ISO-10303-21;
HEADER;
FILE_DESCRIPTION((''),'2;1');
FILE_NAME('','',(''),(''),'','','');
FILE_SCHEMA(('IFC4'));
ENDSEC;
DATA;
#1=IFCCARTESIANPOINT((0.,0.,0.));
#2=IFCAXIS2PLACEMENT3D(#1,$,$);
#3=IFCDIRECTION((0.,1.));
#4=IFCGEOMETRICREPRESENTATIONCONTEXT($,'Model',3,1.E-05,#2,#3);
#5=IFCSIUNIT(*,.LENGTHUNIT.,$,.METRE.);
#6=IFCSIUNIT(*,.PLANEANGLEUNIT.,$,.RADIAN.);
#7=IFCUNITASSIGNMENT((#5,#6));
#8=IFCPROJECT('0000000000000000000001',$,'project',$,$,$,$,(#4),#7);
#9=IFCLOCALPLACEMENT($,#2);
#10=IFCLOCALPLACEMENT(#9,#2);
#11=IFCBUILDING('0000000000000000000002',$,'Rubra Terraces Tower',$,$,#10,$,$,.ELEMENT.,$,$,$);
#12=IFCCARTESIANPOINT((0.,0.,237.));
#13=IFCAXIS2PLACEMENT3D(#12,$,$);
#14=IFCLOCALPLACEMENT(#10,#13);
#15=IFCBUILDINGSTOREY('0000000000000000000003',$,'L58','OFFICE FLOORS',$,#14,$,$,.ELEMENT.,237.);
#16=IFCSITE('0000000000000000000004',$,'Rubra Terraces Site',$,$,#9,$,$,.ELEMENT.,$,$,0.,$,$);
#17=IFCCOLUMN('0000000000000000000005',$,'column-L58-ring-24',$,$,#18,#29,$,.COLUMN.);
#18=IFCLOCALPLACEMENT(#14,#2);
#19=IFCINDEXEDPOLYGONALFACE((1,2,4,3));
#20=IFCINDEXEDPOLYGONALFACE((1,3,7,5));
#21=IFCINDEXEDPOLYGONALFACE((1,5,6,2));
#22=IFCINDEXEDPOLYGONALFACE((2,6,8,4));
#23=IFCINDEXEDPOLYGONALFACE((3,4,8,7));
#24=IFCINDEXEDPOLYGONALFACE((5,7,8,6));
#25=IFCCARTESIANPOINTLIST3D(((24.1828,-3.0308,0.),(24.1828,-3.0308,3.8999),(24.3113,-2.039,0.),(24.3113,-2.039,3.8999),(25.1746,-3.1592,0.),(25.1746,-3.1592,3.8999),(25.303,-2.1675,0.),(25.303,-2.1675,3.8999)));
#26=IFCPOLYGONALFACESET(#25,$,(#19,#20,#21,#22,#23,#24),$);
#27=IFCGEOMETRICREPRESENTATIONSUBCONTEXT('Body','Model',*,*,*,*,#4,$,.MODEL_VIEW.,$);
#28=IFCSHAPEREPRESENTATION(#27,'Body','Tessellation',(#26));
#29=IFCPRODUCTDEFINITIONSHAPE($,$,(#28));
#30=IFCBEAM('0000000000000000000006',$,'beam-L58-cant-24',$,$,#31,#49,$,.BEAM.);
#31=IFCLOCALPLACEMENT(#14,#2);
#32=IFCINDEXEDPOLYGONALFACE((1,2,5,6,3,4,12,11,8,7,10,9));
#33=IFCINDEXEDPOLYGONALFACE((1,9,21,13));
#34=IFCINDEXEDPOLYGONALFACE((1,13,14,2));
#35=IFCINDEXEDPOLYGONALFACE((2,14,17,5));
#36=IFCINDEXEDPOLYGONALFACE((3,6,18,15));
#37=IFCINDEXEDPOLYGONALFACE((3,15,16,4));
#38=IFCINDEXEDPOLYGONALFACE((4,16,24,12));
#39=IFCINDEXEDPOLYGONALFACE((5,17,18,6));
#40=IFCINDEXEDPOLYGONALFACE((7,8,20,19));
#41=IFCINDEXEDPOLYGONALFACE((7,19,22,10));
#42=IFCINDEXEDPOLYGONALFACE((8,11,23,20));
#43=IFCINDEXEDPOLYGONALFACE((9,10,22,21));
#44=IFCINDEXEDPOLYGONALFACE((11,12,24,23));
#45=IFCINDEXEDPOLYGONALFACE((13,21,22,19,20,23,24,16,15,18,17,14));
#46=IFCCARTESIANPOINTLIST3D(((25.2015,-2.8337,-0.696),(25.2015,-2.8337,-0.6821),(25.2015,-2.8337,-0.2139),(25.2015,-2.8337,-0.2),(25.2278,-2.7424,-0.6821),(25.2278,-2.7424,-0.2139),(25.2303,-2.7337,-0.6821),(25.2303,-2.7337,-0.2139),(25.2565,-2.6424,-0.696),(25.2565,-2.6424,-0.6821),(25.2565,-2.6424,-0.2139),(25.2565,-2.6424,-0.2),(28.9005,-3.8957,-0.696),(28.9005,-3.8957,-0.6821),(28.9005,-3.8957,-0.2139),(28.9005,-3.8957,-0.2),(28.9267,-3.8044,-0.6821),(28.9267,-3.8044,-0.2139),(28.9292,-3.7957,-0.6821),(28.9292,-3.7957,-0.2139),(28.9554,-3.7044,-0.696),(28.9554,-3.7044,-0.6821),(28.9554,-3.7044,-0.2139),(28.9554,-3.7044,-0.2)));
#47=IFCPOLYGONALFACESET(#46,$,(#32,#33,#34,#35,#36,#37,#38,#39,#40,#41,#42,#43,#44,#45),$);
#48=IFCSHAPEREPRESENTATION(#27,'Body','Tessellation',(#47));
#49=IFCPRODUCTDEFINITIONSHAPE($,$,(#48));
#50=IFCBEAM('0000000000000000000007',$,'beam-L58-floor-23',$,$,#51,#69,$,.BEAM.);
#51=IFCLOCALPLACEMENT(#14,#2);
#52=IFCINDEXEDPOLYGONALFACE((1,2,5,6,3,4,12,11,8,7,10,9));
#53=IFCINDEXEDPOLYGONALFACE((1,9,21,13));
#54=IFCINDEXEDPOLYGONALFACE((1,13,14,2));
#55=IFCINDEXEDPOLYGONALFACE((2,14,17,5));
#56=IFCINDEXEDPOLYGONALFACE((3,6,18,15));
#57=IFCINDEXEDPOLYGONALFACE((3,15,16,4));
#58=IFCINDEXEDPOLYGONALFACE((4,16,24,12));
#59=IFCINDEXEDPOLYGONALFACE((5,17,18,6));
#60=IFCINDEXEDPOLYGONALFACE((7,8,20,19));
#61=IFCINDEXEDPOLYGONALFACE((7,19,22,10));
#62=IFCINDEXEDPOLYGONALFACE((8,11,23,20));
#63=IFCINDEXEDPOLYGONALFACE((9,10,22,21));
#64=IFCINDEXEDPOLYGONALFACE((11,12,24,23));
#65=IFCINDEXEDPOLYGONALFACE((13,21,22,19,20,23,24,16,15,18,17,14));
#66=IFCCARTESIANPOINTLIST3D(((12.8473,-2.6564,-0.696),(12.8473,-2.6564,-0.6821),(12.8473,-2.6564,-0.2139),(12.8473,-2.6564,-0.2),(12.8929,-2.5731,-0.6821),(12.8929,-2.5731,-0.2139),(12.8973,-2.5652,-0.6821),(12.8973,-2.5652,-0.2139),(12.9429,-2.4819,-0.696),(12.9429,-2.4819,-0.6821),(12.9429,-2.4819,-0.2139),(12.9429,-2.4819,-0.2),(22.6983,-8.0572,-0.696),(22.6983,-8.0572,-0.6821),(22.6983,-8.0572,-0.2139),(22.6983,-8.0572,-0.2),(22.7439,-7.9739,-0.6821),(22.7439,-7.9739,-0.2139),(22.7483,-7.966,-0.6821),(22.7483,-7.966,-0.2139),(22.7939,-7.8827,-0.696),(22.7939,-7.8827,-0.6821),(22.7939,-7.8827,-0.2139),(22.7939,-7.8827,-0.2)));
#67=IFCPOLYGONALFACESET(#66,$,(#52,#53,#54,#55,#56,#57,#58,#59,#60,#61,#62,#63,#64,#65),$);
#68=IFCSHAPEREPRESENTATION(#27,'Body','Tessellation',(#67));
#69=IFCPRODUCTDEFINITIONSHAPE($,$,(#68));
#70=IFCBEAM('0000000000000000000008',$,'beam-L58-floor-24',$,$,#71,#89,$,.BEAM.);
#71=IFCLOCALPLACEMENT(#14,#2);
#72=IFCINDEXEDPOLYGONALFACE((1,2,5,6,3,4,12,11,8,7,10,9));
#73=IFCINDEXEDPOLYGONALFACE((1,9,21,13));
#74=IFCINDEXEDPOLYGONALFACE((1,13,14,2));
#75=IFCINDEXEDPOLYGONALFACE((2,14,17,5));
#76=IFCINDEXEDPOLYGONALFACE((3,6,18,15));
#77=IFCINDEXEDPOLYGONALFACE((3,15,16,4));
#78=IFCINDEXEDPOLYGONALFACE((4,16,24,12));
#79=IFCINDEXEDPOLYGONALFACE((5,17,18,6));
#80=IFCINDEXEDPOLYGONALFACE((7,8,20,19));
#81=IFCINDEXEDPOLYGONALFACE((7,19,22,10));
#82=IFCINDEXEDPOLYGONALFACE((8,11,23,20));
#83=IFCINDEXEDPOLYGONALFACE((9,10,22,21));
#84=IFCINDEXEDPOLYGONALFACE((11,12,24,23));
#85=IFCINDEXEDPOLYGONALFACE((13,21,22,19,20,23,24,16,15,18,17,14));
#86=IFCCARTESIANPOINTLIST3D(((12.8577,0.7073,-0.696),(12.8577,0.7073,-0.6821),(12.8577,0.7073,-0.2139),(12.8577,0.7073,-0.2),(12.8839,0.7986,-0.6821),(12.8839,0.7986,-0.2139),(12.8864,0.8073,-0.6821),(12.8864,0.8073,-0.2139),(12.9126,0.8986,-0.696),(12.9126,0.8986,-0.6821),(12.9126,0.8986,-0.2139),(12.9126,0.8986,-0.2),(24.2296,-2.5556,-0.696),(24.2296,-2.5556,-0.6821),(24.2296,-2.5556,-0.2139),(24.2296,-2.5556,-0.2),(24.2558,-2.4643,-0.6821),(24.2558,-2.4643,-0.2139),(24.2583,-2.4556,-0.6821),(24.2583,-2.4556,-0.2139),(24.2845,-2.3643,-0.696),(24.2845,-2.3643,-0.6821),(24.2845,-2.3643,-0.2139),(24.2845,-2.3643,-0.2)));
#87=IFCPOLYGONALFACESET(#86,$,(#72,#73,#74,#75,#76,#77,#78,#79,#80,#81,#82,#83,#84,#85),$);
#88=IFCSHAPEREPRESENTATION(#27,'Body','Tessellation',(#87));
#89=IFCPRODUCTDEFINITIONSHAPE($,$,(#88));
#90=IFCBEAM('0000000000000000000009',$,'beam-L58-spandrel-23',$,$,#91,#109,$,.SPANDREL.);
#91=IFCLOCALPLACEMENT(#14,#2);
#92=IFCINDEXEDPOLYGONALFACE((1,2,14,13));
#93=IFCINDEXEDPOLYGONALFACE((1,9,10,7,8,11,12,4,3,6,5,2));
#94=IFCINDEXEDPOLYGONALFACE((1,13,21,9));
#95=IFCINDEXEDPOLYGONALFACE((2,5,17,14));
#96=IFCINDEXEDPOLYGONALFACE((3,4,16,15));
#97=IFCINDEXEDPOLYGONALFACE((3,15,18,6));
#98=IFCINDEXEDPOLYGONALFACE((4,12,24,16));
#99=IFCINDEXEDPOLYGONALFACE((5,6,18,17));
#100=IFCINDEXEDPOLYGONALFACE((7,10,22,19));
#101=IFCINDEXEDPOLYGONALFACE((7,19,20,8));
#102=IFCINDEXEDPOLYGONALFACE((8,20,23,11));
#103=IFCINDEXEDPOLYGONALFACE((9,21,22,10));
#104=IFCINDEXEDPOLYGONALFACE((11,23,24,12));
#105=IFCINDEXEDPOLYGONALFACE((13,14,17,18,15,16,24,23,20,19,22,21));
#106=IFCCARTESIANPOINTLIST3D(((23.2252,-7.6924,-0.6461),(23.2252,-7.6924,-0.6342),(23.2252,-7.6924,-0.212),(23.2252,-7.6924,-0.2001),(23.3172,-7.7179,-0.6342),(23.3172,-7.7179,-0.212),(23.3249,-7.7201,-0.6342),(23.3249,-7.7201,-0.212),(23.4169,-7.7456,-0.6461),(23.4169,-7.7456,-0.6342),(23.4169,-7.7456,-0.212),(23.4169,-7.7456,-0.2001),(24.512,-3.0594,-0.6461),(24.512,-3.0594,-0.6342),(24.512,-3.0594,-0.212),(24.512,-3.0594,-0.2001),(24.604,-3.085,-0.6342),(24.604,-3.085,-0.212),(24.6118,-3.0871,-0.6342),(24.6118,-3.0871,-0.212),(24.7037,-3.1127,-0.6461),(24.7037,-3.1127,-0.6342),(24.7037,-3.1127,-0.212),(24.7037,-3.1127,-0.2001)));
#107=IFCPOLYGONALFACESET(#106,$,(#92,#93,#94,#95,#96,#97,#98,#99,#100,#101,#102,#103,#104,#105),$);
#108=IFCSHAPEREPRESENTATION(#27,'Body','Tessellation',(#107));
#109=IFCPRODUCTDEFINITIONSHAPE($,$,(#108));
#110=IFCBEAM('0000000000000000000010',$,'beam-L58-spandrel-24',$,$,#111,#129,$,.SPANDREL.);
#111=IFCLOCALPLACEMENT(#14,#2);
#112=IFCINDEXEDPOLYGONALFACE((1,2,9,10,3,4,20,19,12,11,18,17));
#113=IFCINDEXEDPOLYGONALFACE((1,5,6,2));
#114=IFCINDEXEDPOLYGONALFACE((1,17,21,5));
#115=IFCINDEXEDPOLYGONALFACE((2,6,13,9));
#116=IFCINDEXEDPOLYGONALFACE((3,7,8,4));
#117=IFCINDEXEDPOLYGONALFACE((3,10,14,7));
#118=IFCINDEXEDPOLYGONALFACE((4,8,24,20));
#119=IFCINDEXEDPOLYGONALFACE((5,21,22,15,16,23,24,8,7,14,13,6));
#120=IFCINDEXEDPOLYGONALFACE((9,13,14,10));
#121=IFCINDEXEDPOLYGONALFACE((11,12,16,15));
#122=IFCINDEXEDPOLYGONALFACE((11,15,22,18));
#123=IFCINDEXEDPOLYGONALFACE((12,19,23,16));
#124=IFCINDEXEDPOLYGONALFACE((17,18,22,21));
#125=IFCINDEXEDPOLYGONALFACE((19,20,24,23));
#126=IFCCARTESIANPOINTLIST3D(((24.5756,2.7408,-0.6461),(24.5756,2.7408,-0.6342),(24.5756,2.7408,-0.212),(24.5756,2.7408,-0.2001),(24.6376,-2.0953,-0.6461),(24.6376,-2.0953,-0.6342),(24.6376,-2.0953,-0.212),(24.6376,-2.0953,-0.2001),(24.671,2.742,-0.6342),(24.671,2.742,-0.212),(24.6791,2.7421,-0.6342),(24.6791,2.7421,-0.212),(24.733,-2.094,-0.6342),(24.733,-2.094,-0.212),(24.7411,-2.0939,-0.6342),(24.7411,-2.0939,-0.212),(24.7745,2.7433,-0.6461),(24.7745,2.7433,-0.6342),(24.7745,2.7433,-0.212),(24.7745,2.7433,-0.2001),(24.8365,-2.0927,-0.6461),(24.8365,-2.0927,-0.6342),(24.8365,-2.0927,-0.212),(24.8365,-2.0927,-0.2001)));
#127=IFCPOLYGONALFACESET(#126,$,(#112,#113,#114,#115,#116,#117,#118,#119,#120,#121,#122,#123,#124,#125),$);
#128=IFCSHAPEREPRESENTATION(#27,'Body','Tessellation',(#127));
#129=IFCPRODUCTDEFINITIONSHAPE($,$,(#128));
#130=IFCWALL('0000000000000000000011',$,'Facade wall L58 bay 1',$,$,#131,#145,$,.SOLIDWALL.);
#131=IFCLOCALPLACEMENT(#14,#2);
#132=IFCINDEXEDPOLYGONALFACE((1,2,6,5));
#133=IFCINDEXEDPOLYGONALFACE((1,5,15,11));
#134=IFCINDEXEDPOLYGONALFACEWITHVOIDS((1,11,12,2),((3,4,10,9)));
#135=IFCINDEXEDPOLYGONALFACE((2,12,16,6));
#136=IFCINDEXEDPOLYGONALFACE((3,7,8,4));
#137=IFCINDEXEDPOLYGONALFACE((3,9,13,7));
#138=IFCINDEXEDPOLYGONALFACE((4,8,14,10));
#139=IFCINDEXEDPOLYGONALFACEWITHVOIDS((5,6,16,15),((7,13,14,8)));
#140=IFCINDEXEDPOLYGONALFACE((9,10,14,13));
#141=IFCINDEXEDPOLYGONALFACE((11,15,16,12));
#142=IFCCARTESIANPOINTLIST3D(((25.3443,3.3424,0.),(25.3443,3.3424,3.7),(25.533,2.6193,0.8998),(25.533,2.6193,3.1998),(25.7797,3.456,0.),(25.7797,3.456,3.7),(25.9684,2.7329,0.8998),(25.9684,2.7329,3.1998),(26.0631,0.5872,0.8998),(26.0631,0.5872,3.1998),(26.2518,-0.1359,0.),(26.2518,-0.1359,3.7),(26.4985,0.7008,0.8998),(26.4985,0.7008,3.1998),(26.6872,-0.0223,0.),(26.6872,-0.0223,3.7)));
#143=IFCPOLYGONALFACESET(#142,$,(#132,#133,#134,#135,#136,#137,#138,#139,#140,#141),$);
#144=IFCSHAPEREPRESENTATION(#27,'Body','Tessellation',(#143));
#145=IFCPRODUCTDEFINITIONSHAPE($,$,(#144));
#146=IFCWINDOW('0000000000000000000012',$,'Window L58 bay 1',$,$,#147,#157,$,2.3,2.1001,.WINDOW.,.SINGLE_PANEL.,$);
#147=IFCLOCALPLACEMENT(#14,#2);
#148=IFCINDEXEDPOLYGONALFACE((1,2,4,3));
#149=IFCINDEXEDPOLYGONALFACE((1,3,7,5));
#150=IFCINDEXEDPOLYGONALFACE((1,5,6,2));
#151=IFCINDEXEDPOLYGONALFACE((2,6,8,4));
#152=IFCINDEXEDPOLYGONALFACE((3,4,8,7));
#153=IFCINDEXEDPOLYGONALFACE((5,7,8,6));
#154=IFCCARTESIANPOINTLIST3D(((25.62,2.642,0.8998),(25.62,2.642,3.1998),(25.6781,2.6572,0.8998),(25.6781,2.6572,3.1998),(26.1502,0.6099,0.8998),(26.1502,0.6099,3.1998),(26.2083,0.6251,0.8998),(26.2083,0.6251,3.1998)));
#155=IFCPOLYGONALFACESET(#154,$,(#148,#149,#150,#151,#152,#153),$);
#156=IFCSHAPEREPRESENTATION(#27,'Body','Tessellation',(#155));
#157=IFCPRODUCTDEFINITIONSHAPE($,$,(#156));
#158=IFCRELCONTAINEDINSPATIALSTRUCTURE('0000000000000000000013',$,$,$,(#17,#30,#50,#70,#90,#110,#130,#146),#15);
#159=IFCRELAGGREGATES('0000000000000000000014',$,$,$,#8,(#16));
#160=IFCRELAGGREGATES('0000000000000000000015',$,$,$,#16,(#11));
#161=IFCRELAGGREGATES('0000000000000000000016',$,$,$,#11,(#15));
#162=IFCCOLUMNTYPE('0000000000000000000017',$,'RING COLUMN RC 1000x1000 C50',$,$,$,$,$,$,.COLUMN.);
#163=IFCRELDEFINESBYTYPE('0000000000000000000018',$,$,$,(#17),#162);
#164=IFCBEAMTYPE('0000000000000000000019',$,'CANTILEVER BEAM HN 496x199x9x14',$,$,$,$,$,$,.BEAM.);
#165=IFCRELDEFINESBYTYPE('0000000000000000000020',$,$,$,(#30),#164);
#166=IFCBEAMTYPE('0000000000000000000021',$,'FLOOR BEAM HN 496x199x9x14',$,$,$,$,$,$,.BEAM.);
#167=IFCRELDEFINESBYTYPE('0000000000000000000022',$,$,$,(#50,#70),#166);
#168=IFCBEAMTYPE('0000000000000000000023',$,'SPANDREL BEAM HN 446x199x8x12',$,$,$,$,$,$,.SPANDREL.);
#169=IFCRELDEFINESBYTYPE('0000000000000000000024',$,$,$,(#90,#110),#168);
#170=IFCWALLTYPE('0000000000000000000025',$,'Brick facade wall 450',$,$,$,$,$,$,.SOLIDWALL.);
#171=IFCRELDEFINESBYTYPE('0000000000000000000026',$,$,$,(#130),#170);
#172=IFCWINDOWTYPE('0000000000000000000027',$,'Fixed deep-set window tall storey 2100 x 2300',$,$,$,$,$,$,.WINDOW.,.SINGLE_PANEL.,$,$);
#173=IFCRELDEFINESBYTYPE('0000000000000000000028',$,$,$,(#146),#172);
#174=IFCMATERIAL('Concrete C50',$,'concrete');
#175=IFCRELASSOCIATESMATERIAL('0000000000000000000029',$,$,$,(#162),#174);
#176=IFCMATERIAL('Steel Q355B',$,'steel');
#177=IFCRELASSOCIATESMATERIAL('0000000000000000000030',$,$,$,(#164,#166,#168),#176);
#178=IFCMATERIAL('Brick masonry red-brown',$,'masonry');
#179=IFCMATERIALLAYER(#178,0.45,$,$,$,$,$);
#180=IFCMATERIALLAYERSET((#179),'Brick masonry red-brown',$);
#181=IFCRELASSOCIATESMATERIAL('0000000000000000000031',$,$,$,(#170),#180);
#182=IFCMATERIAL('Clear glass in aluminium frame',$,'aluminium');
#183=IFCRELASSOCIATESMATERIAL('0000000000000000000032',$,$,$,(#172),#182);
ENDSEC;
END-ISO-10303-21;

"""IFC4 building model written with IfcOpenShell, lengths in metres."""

from ifc_helpers import new_model, si_unit, direction, frame, frame_2d, origin, origin_2d, place, context, subcontext, project, spatial, rectangle, i_section, extrude, material, layer, layer_set, material_profile, profile_set, type_object, element, fill, save


model = new_model("IFC4")

# Units and contexts
model_context = context("Model", 3, precision=1e-05, world=origin(), true_north=direction((0.0, 1.0)))
body_context = subcontext(model_context, "Body", "Model", "MODEL_VIEW")
ifc_project = project(units=[si_unit("LENGTHUNIT", "METRE"), si_unit("PLANEANGLEUNIT", "RADIAN")], contexts=[model_context])

# Site, building, storey
site_placement = place(None, origin())
site = spatial("IfcSite", under=ifc_project, at=site_placement, Name="Rubra Terraces Site", CompositionType="ELEMENT", RefElevation=0.0)
building_placement = place(site_placement, origin())
building = spatial("IfcBuilding", under=site, at=building_placement, Name="Rubra Terraces Tower", CompositionType="ELEMENT")
storey_placement = place(building_placement, frame((0.0, 0.0, 237.0)))
storey = spatial("IfcBuildingStorey", under=building, at=storey_placement, Name="L58", Description="OFFICE FLOORS", CompositionType="ELEMENT", Elevation=237.0)

# Column
ifc_material_1 = material(Name="Concrete C50", Category="concrete")
ifc_material_profile_1 = material_profile(ifc_material_1, rectangle(XDim=1.0, YDim=1.0, at=origin_2d()), Name="RC 1000x1000")
ifc_profile_set_1 = profile_set([ifc_material_profile_1], Name="Concrete C50")
column_type = type_object("IfcColumnType", Name="RING COLUMN RC 1000x1000 C50", PredefinedType="COLUMN", material=ifc_profile_set_1)
column_placement = place(storey_placement, frame((24.7429, -2.5991, 0.0), z_axis=(0.0, 0.0, 1.0), x_axis=(0.128444, 0.991717, 0.0)))
element("IfcColumn", 1, at=column_placement, inside=storey, type_object=column_type, Name="column-L58-ring-24", PredefinedType="COLUMN", context=body_context, shape_type="SweptSolid", body=[
    extrude(rectangle(XDim=1.0, YDim=1.0, at=origin_2d()), origin(), (0.0, 0.0, 1.0), 3.8999),
])

# Beams
ifc_material_2 = material(Name="Steel Q355B", Category="steel")
ifc_material_profile_2 = material_profile(ifc_material_2, i_section(OverallWidth=0.199, OverallDepth=0.4961, WebThickness=0.009, FlangeThickness=0.0139, at=origin_2d()), Name="HN 496x199x9x14")
ifc_profile_set_2 = profile_set([ifc_material_profile_2], Name="Steel Q355B")
beam_type_1 = type_object("IfcBeamType", Name="CANTILEVER BEAM HN 496x199x9x14", PredefinedType="BEAM", material=ifc_profile_set_2)
beam_1_placement = place(storey_placement, frame((25.229, -2.738, -0.448), z_axis=(0.961169, -0.275961, 0.0), x_axis=(0.275961, 0.961169, 0.0)))
element("IfcBeam", 2, at=beam_1_placement, inside=storey, type_object=beam_type_1, Name="beam-L58-cant-24", PredefinedType="BEAM", context=body_context, shape_type="SweptSolid", body=[
    extrude(i_section(OverallWidth=0.199, OverallDepth=0.4961, WebThickness=0.009, FlangeThickness=0.0139, at=origin_2d()), origin(), (0.0, 0.0, 1.0), 3.8484),
])
ifc_material_profile_3 = material_profile(ifc_material_2, i_section(OverallWidth=0.199, OverallDepth=0.4961, WebThickness=0.009, FlangeThickness=0.0139, at=origin_2d()), Name="HN 496x199x9x14")
ifc_profile_set_3 = profile_set([ifc_material_profile_3], Name="Steel Q355B")
beam_type_2 = type_object("IfcBeamType", Name="FLOOR BEAM HN 496x199x9x14", PredefinedType="BEAM", material=ifc_profile_set_3)
beam_2_placement = place(storey_placement, frame((22.7461, -7.97, -0.448), z_axis=(-0.876862, 0.480742, 0.0), x_axis=(-0.480742, -0.876862, 0.0)))
element("IfcBeam", 3, at=beam_2_placement, inside=storey, type_object=beam_type_2, Name="beam-L58-floor-23", PredefinedType="BEAM", context=body_context, shape_type="SweptSolid", body=[
    extrude(i_section(OverallWidth=0.199, OverallDepth=0.4961, WebThickness=0.009, FlangeThickness=0.0139, at=origin_2d()), origin(), (0.0, 0.0, 1.0), 11.2344),
])
beam_3_placement = place(storey_placement, frame((24.2571, -2.46, -0.448), z_axis=(-0.961216, 0.275798, 0.0), x_axis=(-0.275798, -0.961216, 0.0)))
element("IfcBeam", 4, at=beam_3_placement, inside=storey, type_object=beam_type_2, Name="beam-L58-floor-24", PredefinedType="BEAM", context=body_context, shape_type="SweptSolid", body=[
    extrude(i_section(OverallWidth=0.199, OverallDepth=0.4961, WebThickness=0.009, FlangeThickness=0.0139, at=origin_2d()), origin(), (0.0, 0.0, 1.0), 11.8308),
])
ifc_material_profile_4 = material_profile(ifc_material_2, i_section(OverallWidth=0.199, OverallDepth=0.446, WebThickness=0.0081, FlangeThickness=0.012, at=origin_2d()), Name="HN 446x199x8x12")
ifc_profile_set_4 = profile_set([ifc_material_profile_4], Name="Steel Q355B")
beam_type_3 = type_object("IfcBeamType", Name="SPANDREL BEAM HN 446x199x8x12", PredefinedType="SPANDREL", material=ifc_profile_set_4)
beam_4_placement = place(storey_placement, frame((23.321, -7.719, -0.4231), z_axis=(0.267626, 0.963523, 0.0), x_axis=(-0.963523, 0.267626, 0.0)))
element("IfcBeam", 5, at=beam_4_placement, inside=storey, type_object=beam_type_3, Name="beam-L58-spandrel-23", PredefinedType="SPANDREL", context=body_context, shape_type="SweptSolid", body=[
    extrude(i_section(OverallWidth=0.199, OverallDepth=0.446, WebThickness=0.0081, FlangeThickness=0.012, at=origin_2d()), origin(), (0.0, 0.0, 1.0), 4.8083),
])
beam_5_placement = place(storey_placement, frame((24.7371, -2.094, -0.4231), z_axis=(-0.012822, 0.999918, 0.0), x_axis=(-0.999918, -0.012822, 0.0)))
element("IfcBeam", 6, at=beam_5_placement, inside=storey, type_object=beam_type_3, Name="beam-L58-spandrel-24", PredefinedType="SPANDREL", context=body_context, shape_type="SweptSolid", body=[
    extrude(i_section(OverallWidth=0.199, OverallDepth=0.446, WebThickness=0.0081, FlangeThickness=0.012, at=origin_2d()), origin(), (0.0, 0.0, 1.0), 4.8364),
])

# Wall, opening, window
ifc_material_3 = material(Name="Brick masonry red-brown", Category="masonry")
ifc_layer_1 = layer(ifc_material_3, 0.45)
ifc_layer_set_1 = layer_set([ifc_layer_1], Name="Brick masonry red-brown")
wall_type_1 = type_object("IfcWallType", Name="Brick facade wall 450", PredefinedType="SOLIDWALL", material=ifc_layer_set_1)
wall_1_placement = place(storey_placement, frame((26.4695, -0.0791, 0.0), z_axis=(0.0, 0.0, 1.0), x_axis=(-0.252447, 0.967611, 0.0)))
wall_1 = element("IfcWall", 7, at=wall_1_placement, inside=storey, type_object=wall_type_1, Name="Facade wall L58 bay 1", PredefinedType="SOLIDWALL", context=body_context, shape_type="SweptSolid", body=[
    extrude(rectangle(XDim=3.5947, YDim=0.45, at=frame_2d((1.7974, 0.0))), origin(), (0.0, 0.0, 1.0), 3.7),
])
opening_1_placement = place(wall_1_placement, frame((0.7473, 0.0, 0.8999)))
opening_1 = element("IfcOpeningElement", 8, at=opening_1_placement, cuts=wall_1, PredefinedType="OPENING", context=body_context, shape_type="SweptSolid", body=[
    extrude(rectangle(XDim=2.1001, YDim=2.3, at=frame_2d((1.05, 1.1499))), frame((0.0, 0.2349, 0.0), z_axis=(0.0, -1.0, 0.0), x_axis=(1.0, 0.0, 0.0)), (0.0, 0.0, 1.0), 0.47),
])
ifc_material_4 = material(Name="Clear glass in aluminium frame", Category="aluminium")
window_type = type_object("IfcWindowType", Name="Fixed deep-set window tall storey 2100 x 2300", PartitioningType="SINGLE_PANEL", PredefinedType="WINDOW", material=ifc_material_4)
window_1_placement = place(opening_1_placement, origin())
window_1 = element("IfcWindow", 9, at=window_1_placement, inside=storey, type_object=window_type, Name="Window L58 bay 1", OverallHeight=2.3, OverallWidth=2.1001, PartitioningType="SINGLE_PANEL", PredefinedType="WINDOW", context=body_context, shape_type="SweptSolid", body=[
    extrude(rectangle(XDim=2.1001, YDim=2.3, at=frame_2d((1.05, 1.1499))), frame((0.0, 0.135, 0.0), z_axis=(0.0, -1.0, 0.0), x_axis=(1.0, 0.0, 0.0)), (0.0, 0.0, 1.0), 0.0601),
])
fill(opening_1, window_1)

save(model, "model.ifc")
